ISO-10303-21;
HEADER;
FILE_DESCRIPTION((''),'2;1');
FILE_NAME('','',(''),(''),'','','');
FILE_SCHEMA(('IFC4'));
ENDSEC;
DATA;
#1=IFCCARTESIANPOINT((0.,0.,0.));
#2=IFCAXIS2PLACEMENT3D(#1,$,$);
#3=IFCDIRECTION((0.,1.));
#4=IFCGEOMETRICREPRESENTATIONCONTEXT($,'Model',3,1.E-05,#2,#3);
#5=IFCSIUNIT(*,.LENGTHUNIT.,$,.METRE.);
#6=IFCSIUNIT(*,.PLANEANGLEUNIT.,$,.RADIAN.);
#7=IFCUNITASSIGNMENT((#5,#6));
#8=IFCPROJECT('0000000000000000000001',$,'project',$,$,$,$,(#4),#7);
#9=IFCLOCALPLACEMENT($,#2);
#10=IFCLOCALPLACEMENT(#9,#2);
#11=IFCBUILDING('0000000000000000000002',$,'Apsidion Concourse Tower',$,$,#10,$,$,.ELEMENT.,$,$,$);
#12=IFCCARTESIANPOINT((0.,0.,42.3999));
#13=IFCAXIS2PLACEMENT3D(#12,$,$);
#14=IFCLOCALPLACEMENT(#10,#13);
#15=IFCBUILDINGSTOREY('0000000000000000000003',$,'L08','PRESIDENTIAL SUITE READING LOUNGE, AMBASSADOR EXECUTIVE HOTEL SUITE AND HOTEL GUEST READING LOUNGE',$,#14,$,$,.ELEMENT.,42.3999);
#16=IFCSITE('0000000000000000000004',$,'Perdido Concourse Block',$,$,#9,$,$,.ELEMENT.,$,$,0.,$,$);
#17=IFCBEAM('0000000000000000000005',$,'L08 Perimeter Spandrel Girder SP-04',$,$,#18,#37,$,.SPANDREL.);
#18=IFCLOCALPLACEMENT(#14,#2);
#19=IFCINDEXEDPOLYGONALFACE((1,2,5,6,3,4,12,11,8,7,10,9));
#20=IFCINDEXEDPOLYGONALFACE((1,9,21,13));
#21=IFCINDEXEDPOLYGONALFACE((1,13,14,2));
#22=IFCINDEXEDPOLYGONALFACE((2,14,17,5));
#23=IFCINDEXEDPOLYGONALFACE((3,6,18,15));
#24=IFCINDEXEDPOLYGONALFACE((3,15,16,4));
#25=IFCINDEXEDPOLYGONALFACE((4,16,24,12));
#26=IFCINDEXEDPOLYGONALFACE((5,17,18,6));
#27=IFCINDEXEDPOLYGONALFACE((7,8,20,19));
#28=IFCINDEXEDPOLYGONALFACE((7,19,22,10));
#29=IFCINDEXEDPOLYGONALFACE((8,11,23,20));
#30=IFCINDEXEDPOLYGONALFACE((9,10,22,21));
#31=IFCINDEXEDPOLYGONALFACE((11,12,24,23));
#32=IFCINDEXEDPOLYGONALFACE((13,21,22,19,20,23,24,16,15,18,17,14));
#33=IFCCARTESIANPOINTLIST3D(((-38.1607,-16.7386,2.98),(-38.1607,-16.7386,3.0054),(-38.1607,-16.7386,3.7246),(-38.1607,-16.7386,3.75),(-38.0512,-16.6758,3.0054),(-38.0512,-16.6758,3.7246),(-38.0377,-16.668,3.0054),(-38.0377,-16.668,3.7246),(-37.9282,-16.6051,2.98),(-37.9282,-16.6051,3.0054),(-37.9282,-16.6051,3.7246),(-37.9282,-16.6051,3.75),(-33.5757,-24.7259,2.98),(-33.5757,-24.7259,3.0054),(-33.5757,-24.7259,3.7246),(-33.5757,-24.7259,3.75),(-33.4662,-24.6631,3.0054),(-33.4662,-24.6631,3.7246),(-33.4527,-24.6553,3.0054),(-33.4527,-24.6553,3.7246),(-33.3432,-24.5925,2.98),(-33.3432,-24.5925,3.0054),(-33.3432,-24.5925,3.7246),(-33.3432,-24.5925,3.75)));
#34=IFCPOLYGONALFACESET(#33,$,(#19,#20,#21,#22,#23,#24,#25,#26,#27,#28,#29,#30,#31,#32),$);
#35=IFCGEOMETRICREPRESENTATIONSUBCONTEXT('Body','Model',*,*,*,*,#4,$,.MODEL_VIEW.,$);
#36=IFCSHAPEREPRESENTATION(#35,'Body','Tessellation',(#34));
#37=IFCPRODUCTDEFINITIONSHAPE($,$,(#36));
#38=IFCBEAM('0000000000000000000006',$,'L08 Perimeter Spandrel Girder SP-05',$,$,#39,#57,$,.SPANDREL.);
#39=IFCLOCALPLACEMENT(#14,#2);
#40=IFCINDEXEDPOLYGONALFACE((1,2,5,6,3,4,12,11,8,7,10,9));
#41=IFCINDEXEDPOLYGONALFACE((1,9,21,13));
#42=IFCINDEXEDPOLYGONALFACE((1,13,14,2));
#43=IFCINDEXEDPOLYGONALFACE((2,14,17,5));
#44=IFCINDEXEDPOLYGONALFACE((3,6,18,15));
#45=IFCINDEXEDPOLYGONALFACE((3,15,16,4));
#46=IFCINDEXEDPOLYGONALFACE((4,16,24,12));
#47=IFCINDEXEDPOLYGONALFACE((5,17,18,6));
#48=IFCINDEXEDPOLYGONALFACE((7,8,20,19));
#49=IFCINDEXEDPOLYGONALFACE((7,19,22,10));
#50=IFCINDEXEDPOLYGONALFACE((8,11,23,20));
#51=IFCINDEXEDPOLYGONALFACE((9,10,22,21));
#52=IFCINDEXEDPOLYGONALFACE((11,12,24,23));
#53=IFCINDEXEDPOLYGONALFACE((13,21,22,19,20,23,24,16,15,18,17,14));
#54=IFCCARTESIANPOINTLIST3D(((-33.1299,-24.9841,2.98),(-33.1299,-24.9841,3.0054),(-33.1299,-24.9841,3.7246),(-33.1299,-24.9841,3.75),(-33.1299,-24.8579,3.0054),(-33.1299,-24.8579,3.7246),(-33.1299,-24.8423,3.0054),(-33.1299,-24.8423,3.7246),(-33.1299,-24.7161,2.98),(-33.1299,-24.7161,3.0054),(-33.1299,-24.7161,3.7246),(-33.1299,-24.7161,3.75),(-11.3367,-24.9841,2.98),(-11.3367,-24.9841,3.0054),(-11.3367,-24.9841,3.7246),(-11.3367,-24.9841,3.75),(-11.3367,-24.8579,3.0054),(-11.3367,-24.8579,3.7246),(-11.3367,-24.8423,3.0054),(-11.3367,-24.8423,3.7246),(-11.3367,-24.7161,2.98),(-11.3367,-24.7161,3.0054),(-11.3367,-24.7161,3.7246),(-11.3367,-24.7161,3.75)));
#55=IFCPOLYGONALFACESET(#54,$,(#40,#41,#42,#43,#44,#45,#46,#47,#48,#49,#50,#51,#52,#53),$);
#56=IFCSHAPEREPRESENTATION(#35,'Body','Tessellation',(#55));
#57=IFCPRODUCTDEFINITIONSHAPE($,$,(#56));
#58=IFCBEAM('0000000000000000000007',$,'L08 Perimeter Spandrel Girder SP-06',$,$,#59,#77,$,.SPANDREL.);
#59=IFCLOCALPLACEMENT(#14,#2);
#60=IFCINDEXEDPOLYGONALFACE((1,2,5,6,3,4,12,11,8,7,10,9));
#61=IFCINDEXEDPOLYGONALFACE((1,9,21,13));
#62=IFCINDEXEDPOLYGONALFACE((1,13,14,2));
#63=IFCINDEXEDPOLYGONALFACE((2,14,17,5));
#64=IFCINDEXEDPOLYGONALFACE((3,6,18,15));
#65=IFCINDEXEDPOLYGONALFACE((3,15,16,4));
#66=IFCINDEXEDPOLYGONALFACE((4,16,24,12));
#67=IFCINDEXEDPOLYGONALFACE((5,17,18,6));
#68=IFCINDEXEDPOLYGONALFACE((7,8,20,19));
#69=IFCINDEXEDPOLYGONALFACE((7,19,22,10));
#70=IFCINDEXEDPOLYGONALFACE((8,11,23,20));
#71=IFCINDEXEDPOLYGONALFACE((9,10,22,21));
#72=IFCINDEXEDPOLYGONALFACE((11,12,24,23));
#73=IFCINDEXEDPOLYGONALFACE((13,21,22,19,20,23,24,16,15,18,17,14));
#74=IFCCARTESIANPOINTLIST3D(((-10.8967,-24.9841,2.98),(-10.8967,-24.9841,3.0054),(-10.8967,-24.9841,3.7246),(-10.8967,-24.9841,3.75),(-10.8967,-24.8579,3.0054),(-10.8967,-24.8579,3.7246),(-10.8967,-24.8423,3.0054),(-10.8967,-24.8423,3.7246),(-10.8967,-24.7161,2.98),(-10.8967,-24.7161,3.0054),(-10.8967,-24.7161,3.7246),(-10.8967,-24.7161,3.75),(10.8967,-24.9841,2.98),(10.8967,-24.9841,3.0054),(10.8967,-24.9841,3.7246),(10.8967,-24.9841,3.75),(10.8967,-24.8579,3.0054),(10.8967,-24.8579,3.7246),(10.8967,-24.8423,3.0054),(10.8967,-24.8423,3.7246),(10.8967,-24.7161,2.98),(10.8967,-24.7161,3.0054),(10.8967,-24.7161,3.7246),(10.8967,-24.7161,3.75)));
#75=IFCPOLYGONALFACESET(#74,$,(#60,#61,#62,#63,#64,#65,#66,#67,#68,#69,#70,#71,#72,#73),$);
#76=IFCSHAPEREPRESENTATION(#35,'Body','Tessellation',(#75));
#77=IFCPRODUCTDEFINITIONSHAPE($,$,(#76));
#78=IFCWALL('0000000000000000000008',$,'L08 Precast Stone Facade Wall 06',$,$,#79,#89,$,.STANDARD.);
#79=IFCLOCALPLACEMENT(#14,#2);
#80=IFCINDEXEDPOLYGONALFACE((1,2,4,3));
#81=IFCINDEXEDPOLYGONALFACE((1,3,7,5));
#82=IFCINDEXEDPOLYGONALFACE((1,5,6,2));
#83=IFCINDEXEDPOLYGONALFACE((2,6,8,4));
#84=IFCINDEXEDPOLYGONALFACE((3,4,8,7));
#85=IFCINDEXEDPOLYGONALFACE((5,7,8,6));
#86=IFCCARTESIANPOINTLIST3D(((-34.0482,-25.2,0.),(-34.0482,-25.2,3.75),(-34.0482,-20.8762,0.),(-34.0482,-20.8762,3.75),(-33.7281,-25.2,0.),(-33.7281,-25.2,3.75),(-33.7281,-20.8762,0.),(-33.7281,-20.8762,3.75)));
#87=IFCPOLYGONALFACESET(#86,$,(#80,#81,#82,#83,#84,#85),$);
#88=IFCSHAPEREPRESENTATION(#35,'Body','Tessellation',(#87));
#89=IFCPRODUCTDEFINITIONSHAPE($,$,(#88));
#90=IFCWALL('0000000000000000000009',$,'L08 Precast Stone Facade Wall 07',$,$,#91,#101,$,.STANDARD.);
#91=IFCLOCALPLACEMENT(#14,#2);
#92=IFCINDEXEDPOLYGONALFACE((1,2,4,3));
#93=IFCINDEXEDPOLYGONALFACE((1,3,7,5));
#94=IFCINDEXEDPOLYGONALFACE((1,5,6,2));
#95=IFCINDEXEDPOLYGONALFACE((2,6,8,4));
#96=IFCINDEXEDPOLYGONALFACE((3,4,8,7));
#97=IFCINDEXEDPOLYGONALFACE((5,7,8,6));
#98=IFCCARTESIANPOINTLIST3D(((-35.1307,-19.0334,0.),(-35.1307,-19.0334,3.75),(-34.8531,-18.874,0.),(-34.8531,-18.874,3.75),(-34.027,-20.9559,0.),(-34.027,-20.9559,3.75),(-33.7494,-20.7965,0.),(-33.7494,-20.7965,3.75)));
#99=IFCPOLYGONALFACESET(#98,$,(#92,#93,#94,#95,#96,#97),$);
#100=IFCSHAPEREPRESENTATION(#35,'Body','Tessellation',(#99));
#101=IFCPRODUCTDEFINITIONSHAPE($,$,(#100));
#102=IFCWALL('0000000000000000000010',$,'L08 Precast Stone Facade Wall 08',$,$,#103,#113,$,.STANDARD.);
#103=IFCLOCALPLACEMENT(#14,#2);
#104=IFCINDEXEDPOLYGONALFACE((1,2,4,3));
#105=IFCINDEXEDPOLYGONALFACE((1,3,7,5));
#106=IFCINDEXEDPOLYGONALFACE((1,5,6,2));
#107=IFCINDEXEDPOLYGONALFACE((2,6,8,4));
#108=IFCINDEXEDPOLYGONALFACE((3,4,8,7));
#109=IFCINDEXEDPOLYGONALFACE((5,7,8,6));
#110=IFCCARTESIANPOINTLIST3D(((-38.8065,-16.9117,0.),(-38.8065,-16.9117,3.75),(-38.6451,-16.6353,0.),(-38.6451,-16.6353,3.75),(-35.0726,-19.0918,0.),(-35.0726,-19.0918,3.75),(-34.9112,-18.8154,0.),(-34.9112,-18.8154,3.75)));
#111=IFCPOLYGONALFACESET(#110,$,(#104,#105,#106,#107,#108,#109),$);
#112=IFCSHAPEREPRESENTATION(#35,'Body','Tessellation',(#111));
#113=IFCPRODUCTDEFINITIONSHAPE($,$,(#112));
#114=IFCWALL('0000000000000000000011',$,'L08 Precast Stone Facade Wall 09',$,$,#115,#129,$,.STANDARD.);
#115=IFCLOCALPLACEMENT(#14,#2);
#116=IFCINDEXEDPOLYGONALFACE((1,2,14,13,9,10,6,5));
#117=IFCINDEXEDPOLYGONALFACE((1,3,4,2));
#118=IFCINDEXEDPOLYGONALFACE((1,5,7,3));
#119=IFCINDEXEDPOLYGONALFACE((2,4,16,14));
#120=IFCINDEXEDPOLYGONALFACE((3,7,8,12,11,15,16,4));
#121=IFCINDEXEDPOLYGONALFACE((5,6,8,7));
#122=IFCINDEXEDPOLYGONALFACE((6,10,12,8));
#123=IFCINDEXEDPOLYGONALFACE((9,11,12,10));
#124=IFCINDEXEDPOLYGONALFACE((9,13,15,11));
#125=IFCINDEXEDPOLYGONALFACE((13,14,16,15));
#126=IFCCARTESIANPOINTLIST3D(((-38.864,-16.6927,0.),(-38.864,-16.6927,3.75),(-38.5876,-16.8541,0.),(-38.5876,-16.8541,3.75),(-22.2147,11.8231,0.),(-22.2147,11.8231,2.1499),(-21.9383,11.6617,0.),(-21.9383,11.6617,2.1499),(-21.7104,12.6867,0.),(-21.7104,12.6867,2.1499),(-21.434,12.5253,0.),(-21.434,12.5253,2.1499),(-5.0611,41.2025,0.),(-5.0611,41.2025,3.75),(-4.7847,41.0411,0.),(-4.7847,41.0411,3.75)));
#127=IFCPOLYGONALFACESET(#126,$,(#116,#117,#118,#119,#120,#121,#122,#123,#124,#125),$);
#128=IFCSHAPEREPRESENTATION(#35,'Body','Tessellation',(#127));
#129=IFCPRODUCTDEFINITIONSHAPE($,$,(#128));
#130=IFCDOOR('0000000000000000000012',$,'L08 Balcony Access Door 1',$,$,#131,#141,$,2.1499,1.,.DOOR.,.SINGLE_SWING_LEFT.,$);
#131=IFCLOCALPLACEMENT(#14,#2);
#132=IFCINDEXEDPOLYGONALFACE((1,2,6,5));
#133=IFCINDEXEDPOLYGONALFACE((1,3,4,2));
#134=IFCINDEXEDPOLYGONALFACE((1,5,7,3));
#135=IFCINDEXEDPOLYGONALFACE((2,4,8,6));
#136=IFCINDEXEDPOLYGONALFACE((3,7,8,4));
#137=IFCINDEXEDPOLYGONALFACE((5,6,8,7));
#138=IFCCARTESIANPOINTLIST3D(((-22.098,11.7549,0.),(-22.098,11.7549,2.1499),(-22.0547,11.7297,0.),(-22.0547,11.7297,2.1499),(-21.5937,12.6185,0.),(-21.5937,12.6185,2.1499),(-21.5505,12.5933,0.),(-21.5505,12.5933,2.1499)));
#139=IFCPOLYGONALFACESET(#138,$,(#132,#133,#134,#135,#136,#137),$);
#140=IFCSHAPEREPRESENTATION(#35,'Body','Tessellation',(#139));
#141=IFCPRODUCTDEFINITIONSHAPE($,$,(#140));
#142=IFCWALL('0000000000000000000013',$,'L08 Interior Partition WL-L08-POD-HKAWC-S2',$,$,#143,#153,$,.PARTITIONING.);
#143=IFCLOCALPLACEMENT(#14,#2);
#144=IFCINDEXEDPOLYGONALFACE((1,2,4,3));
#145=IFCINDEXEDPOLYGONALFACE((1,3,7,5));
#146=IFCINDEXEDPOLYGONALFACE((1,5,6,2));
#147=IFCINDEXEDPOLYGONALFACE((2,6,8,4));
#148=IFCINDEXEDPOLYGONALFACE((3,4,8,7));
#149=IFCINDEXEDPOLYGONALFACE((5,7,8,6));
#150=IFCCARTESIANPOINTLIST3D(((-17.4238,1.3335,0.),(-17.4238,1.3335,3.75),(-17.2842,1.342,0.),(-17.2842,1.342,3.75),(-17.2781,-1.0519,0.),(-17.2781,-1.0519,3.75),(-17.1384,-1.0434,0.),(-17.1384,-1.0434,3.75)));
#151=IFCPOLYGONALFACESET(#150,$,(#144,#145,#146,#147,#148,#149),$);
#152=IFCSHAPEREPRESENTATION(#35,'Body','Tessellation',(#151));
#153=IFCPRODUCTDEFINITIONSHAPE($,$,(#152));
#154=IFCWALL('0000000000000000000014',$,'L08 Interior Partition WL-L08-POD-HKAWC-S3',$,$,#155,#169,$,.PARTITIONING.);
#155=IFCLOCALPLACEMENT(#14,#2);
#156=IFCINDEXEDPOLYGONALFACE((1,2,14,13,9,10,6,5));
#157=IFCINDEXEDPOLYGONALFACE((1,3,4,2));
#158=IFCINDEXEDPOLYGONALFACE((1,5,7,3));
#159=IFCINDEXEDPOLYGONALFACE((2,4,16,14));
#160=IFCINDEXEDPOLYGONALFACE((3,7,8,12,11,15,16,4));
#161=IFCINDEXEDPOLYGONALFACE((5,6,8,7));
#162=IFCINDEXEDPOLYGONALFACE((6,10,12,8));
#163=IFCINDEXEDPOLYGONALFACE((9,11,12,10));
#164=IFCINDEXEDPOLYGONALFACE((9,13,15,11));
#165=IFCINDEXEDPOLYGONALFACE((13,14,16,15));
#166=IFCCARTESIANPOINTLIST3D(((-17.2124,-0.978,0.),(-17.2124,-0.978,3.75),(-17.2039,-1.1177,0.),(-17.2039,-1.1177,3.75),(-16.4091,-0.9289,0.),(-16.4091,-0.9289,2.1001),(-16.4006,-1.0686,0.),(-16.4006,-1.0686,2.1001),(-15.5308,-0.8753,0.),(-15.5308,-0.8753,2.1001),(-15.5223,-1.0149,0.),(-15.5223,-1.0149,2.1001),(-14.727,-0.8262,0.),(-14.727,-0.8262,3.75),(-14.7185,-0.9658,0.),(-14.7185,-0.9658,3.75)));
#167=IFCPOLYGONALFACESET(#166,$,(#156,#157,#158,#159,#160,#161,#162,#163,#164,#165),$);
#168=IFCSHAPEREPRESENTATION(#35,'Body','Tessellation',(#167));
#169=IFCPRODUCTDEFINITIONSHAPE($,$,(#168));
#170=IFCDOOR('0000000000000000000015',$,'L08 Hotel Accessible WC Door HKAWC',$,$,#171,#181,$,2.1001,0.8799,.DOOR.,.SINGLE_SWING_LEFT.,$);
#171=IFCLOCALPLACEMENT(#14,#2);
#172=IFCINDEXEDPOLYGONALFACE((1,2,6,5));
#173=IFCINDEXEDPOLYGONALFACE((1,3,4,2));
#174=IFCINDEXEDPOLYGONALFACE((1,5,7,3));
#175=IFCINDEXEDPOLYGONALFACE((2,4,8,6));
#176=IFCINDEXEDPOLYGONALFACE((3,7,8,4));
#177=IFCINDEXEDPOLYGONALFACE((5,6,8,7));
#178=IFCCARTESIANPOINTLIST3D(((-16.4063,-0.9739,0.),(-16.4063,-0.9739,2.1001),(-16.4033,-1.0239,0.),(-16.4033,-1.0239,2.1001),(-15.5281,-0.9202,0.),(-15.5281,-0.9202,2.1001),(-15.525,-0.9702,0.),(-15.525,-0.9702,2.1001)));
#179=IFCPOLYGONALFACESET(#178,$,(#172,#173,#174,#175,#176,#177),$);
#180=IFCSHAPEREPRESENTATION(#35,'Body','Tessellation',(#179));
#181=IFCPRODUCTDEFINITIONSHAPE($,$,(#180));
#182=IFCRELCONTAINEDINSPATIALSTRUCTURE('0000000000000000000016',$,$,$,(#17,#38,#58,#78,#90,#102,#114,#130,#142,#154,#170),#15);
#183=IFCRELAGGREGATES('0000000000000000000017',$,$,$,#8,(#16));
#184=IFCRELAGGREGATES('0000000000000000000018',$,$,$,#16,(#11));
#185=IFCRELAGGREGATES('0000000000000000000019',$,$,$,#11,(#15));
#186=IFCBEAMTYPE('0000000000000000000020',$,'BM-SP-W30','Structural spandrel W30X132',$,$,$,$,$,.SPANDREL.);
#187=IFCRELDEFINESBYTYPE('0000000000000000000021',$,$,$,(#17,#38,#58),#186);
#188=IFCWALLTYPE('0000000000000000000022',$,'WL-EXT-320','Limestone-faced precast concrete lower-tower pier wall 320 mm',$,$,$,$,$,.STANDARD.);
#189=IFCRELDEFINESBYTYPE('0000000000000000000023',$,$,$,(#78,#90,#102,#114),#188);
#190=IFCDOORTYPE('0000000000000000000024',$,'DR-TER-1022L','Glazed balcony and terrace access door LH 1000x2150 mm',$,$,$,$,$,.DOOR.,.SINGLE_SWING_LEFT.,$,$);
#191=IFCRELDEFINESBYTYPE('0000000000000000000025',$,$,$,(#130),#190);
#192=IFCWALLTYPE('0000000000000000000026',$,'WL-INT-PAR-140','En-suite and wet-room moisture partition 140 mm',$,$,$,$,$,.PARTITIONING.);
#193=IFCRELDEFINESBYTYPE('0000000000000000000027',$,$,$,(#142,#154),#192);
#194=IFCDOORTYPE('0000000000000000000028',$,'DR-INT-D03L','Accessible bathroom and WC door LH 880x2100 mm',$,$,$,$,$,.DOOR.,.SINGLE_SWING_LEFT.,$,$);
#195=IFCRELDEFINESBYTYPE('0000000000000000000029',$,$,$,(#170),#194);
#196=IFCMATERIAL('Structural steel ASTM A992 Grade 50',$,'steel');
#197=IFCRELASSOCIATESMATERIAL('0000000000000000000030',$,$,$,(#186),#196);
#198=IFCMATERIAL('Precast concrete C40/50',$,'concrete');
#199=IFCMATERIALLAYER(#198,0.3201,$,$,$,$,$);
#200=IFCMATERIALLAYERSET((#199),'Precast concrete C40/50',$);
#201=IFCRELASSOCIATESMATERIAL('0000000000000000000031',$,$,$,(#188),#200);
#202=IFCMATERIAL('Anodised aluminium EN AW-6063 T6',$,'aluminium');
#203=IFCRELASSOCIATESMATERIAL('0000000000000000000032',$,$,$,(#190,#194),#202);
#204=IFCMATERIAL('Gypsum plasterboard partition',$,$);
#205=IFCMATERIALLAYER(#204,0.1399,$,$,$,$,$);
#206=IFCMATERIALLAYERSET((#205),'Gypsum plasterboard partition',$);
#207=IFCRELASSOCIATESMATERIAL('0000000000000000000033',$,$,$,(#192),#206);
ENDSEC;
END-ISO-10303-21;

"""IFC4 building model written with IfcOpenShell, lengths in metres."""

from ifc_helpers import new_model, si_unit, direction, frame, frame_2d, origin, origin_2d, place, context, subcontext, project, spatial, rectangle, i_section, extrude, material, layer, layer_set, material_profile, profile_set, type_object, element, fill, save


model = new_model("IFC4")

# Units and contexts
model_context = context("Model", 3, precision=1e-05, world=origin(), true_north=direction((0.0, 1.0)))
body_context = subcontext(model_context, "Body", "Model", "MODEL_VIEW")
ifc_project = project(units=[si_unit("LENGTHUNIT", "METRE"), si_unit("PLANEANGLEUNIT", "RADIAN")], contexts=[model_context])

# Site, building, storey
site_placement = place(None, origin())
site = spatial("IfcSite", under=ifc_project, at=site_placement, Name="Perdido Concourse Block", CompositionType="ELEMENT", RefElevation=0.0)
building_placement = place(site_placement, origin())
building = spatial("IfcBuilding", under=site, at=building_placement, Name="Apsidion Concourse Tower", CompositionType="ELEMENT")
storey_placement = place(building_placement, frame((0.0, 0.0, 42.3999)))
storey = spatial("IfcBuildingStorey", under=building, at=storey_placement, Name="L08", Description="PRESIDENTIAL SUITE READING LOUNGE, AMBASSADOR EXECUTIVE HOTEL SUITE AND HOTEL GUEST READING LOUNGE", CompositionType="ELEMENT", Elevation=42.3999)

# Beams
ifc_material_1 = material(Name="Structural steel ASTM A992 Grade 50", Category="steel")
ifc_material_profile_1 = material_profile(ifc_material_1, i_section(OverallWidth=0.2681, OverallDepth=0.77, WebThickness=0.0156, FlangeThickness=0.0254, at=origin_2d()), Name="W30X132")
ifc_profile_set_1 = profile_set([ifc_material_profile_1], Name="Structural steel ASTM A992 Grade 50")
beam_type_1 = type_object("IfcBeamType", Name="BM-SP-W30", Description="Structural spandrel W30X132", PredefinedType="SPANDREL", material=ifc_profile_set_1)
beam_1_placement = place(storey_placement, frame((-38.0444, -16.6719, 3.365), z_axis=(0.497839, -0.867269, 0.0), x_axis=(0.867269, 0.497839, 0.0)))
element("IfcBeam", 1, at=beam_1_placement, inside=storey, type_object=beam_type_1, Name="L08 Perimeter Spandrel Girder SP-04", PredefinedType="SPANDREL", context=body_context, shape_type="SweptSolid", body=[
    extrude(i_section(OverallWidth=0.2681, OverallDepth=0.77, WebThickness=0.0156, FlangeThickness=0.0254, at=origin_2d()), origin(), (0.0, 0.0, 1.0), 9.2097),
])
beam_2_placement = place(storey_placement, frame((-33.1299, -24.8501, 3.365), z_axis=(1.0, 0.0, 0.0), x_axis=(0.0, 1.0, 0.0)))
element("IfcBeam", 2, at=beam_2_placement, inside=storey, type_object=beam_type_1, Name="L08 Perimeter Spandrel Girder SP-05", PredefinedType="SPANDREL", context=body_context, shape_type="SweptSolid", body=[
    extrude(i_section(OverallWidth=0.2681, OverallDepth=0.77, WebThickness=0.0156, FlangeThickness=0.0254, at=origin_2d()), origin(), (0.0, 0.0, 1.0), 21.7932),
])
beam_3_placement = place(storey_placement, frame((-10.8967, -24.8501, 3.365), z_axis=(1.0, 0.0, 0.0), x_axis=(0.0, 1.0, 0.0)))
element("IfcBeam", 3, at=beam_3_placement, inside=storey, type_object=beam_type_1, Name="L08 Perimeter Spandrel Girder SP-06", PredefinedType="SPANDREL", context=body_context, shape_type="SweptSolid", body=[
    extrude(i_section(OverallWidth=0.2681, OverallDepth=0.77, WebThickness=0.0156, FlangeThickness=0.0254, at=origin_2d()), origin(), (0.0, 0.0, 1.0), 21.7935),
])

# Walls
ifc_material_2 = material(Name="Precast concrete C40/50", Category="concrete")
ifc_layer_1 = layer(ifc_material_2, 0.3201)
ifc_layer_set_1 = layer_set([ifc_layer_1], Name="Precast concrete C40/50")
wall_type_1 = type_object("IfcWallType", Name="WL-EXT-320", Description="Limestone-faced precast concrete lower-tower pier wall 320 mm", PredefinedType="STANDARD", material=ifc_layer_set_1)
wall_1_placement = place(storey_placement, frame((-33.8882, -25.2, 0.0), z_axis=(0.0, 0.0, 1.0), x_axis=(0.0, 1.0, 0.0)))
element("IfcWall", 4, at=wall_1_placement, inside=storey, type_object=wall_type_1, Name="L08 Precast Stone Facade Wall 06", PredefinedType="STANDARD", context=body_context, shape_type="SweptSolid", body=[
    extrude(rectangle(XDim=4.3237, YDim=0.3201, at=frame_2d((2.1619, 0.0))), origin(), (0.0, 0.0, 1.0), 3.75),
])
wall_2_placement = place(storey_placement, frame((-33.8882, -20.8762, 0.0), z_axis=(0.0, 0.0, 1.0), x_axis=(-0.497881, 0.867245, 0.0)))
element("IfcWall", 5, at=wall_2_placement, inside=storey, type_object=wall_type_1, Name="L08 Precast Stone Facade Wall 07", PredefinedType="STANDARD", context=body_context, shape_type="SweptSolid", body=[
    extrude(rectangle(XDim=2.2168, YDim=0.3201, at=frame_2d((1.1084, 0.0))), origin(), (0.0, 0.0, 1.0), 3.75),
])
wall_3_placement = place(storey_placement, frame((-34.9919, -18.9536, 0.0), z_axis=(0.0, 0.0, 1.0), x_axis=(-0.86357, 0.504229, 0.0)))
element("IfcWall", 6, at=wall_3_placement, inside=storey, type_object=wall_type_1, Name="L08 Precast Stone Facade Wall 08", PredefinedType="STANDARD", context=body_context, shape_type="SweptSolid", body=[
    extrude(rectangle(XDim=4.3237, YDim=0.3201, at=frame_2d((2.1619, 0.0))), origin(), (0.0, 0.0, 1.0), 3.75),
])

# Wall, opening, door
wall_4_placement = place(storey_placement, frame((-38.7258, -16.7734, 0.0), z_axis=(0.0, 0.0, 1.0), x_axis=(0.504213, 0.863579, 0.0)))
wall_4 = element("IfcWall", 7, at=wall_4_placement, inside=storey, type_object=wall_type_1, Name="L08 Precast Stone Facade Wall 09", PredefinedType="STANDARD", context=body_context, shape_type="SweptSolid", body=[
    extrude(rectangle(XDim=67.041, YDim=0.3201, at=frame_2d((33.5205, 0.0))), origin(), (0.0, 0.0, 1.0), 3.75),
])
opening_1_placement = place(wall_4_placement, frame((33.0205, 0.0, 0.0)))
opening_1 = element("IfcOpeningElement", 8, at=opening_1_placement, cuts=wall_4, PredefinedType="OPENING", context=body_context, shape_type="SweptSolid", body=[
    extrude(rectangle(XDim=1.0, YDim=2.1499, at=frame_2d((0.5, 1.075))), frame((0.0, 0.1699, 0.0), z_axis=(0.0, -1.0, 0.0), x_axis=(1.0, 0.0, 0.0)), (0.0, 0.0, 1.0), 0.3401),
])
ifc_material_3 = material(Name="Anodised aluminium EN AW-6063 T6", Category="aluminium")
door_type_1 = type_object("IfcDoorType", Name="DR-TER-1022L", Description="Glazed balcony and terrace access door LH 1000x2150 mm", OperationType="SINGLE_SWING_LEFT", PredefinedType="DOOR", material=ifc_material_3)
door_1_placement = place(opening_1_placement, origin())
door_1 = element("IfcDoor", 9, at=door_1_placement, inside=storey, type_object=door_type_1, Name="L08 Balcony Access Door 1", OperationType="SINGLE_SWING_LEFT", OverallHeight=2.1499, OverallWidth=1.0, PredefinedType="DOOR", context=body_context, shape_type="SweptSolid", body=[
    extrude(rectangle(XDim=1.0, YDim=2.1499, at=frame_2d((0.5, 1.075))), frame((0.0, 0.0249, 0.0), z_axis=(0.0, -1.0, 0.0), x_axis=(1.0, 0.0, 0.0)), (0.0, 0.0, 1.0), 0.05),
])
fill(opening_1, door_1)

# Wall
ifc_material_4 = material(Name="Gypsum plasterboard partition")
ifc_layer_2 = layer(ifc_material_4, 0.1399)
ifc_layer_set_2 = layer_set([ifc_layer_2], Name="Gypsum plasterboard partition")
wall_type_2 = type_object("IfcWallType", Name="WL-INT-PAR-140", Description="En-suite and wet-room moisture partition 140 mm", PredefinedType="PARTITIONING", material=ifc_layer_set_2)
wall_5_placement = place(storey_placement, frame((-17.354, 1.3376, 0.0), z_axis=(0.0, 0.0, 1.0), x_axis=(0.060985, -0.998139, 0.0)))
element("IfcWall", 10, at=wall_5_placement, inside=storey, type_object=wall_type_2, Name="L08 Interior Partition WL-L08-POD-HKAWC-S2", PredefinedType="PARTITIONING", context=body_context, shape_type="SweptSolid", body=[
    extrude(rectangle(XDim=2.3899, YDim=0.1399, at=frame_2d((1.1948, 0.0))), origin(), (0.0, 0.0, 1.0), 3.75),
])

# Wall, opening, door
wall_6_placement = place(storey_placement, frame((-17.2083, -1.0479, 0.0), z_axis=(0.0, 0.0, 1.0), x_axis=(0.998139, 0.060986, 0.0)))
wall_6 = element("IfcWall", 11, at=wall_6_placement, inside=storey, type_object=wall_type_2, Name="L08 Interior Partition WL-L08-POD-HKAWC-S3", PredefinedType="PARTITIONING", context=body_context, shape_type="SweptSolid", body=[
    extrude(rectangle(XDim=2.49, YDim=0.1399, at=frame_2d((1.2451, 0.0))), origin(), (0.0, 0.0, 1.0), 3.75),
])
opening_2_placement = place(wall_6_placement, frame((0.8049, 0.0, 0.0)))
opening_2 = element("IfcOpeningElement", 12, at=opening_2_placement, cuts=wall_6, PredefinedType="OPENING", context=body_context, shape_type="SweptSolid", body=[
    extrude(rectangle(XDim=0.8799, YDim=2.1001, at=frame_2d((0.4399, 1.05))), frame((0.0, 0.0801, 0.0), z_axis=(0.0, -1.0, 0.0), x_axis=(1.0, 0.0, 0.0)), (0.0, 0.0, 1.0), 0.1599),
])
door_type_2 = type_object("IfcDoorType", Name="DR-INT-D03L", Description="Accessible bathroom and WC door LH 880x2100 mm", OperationType="SINGLE_SWING_LEFT", PredefinedType="DOOR", material=ifc_material_3)
door_2_placement = place(opening_2_placement, origin())
door_2 = element("IfcDoor", 13, at=door_2_placement, inside=storey, type_object=door_type_2, Name="L08 Hotel Accessible WC Door HKAWC", OperationType="SINGLE_SWING_LEFT", OverallHeight=2.1001, OverallWidth=0.8799, PredefinedType="DOOR", context=body_context, shape_type="SweptSolid", body=[
    extrude(rectangle(XDim=0.8799, YDim=2.1001, at=frame_2d((0.4399, 1.05))), frame((0.0, 0.0249, 0.0), z_axis=(0.0, -1.0, 0.0), x_axis=(1.0, 0.0, 0.0)), (0.0, 0.0, 1.0), 0.05),
])
fill(opening_2, door_2)

save(model, "model.ifc")
